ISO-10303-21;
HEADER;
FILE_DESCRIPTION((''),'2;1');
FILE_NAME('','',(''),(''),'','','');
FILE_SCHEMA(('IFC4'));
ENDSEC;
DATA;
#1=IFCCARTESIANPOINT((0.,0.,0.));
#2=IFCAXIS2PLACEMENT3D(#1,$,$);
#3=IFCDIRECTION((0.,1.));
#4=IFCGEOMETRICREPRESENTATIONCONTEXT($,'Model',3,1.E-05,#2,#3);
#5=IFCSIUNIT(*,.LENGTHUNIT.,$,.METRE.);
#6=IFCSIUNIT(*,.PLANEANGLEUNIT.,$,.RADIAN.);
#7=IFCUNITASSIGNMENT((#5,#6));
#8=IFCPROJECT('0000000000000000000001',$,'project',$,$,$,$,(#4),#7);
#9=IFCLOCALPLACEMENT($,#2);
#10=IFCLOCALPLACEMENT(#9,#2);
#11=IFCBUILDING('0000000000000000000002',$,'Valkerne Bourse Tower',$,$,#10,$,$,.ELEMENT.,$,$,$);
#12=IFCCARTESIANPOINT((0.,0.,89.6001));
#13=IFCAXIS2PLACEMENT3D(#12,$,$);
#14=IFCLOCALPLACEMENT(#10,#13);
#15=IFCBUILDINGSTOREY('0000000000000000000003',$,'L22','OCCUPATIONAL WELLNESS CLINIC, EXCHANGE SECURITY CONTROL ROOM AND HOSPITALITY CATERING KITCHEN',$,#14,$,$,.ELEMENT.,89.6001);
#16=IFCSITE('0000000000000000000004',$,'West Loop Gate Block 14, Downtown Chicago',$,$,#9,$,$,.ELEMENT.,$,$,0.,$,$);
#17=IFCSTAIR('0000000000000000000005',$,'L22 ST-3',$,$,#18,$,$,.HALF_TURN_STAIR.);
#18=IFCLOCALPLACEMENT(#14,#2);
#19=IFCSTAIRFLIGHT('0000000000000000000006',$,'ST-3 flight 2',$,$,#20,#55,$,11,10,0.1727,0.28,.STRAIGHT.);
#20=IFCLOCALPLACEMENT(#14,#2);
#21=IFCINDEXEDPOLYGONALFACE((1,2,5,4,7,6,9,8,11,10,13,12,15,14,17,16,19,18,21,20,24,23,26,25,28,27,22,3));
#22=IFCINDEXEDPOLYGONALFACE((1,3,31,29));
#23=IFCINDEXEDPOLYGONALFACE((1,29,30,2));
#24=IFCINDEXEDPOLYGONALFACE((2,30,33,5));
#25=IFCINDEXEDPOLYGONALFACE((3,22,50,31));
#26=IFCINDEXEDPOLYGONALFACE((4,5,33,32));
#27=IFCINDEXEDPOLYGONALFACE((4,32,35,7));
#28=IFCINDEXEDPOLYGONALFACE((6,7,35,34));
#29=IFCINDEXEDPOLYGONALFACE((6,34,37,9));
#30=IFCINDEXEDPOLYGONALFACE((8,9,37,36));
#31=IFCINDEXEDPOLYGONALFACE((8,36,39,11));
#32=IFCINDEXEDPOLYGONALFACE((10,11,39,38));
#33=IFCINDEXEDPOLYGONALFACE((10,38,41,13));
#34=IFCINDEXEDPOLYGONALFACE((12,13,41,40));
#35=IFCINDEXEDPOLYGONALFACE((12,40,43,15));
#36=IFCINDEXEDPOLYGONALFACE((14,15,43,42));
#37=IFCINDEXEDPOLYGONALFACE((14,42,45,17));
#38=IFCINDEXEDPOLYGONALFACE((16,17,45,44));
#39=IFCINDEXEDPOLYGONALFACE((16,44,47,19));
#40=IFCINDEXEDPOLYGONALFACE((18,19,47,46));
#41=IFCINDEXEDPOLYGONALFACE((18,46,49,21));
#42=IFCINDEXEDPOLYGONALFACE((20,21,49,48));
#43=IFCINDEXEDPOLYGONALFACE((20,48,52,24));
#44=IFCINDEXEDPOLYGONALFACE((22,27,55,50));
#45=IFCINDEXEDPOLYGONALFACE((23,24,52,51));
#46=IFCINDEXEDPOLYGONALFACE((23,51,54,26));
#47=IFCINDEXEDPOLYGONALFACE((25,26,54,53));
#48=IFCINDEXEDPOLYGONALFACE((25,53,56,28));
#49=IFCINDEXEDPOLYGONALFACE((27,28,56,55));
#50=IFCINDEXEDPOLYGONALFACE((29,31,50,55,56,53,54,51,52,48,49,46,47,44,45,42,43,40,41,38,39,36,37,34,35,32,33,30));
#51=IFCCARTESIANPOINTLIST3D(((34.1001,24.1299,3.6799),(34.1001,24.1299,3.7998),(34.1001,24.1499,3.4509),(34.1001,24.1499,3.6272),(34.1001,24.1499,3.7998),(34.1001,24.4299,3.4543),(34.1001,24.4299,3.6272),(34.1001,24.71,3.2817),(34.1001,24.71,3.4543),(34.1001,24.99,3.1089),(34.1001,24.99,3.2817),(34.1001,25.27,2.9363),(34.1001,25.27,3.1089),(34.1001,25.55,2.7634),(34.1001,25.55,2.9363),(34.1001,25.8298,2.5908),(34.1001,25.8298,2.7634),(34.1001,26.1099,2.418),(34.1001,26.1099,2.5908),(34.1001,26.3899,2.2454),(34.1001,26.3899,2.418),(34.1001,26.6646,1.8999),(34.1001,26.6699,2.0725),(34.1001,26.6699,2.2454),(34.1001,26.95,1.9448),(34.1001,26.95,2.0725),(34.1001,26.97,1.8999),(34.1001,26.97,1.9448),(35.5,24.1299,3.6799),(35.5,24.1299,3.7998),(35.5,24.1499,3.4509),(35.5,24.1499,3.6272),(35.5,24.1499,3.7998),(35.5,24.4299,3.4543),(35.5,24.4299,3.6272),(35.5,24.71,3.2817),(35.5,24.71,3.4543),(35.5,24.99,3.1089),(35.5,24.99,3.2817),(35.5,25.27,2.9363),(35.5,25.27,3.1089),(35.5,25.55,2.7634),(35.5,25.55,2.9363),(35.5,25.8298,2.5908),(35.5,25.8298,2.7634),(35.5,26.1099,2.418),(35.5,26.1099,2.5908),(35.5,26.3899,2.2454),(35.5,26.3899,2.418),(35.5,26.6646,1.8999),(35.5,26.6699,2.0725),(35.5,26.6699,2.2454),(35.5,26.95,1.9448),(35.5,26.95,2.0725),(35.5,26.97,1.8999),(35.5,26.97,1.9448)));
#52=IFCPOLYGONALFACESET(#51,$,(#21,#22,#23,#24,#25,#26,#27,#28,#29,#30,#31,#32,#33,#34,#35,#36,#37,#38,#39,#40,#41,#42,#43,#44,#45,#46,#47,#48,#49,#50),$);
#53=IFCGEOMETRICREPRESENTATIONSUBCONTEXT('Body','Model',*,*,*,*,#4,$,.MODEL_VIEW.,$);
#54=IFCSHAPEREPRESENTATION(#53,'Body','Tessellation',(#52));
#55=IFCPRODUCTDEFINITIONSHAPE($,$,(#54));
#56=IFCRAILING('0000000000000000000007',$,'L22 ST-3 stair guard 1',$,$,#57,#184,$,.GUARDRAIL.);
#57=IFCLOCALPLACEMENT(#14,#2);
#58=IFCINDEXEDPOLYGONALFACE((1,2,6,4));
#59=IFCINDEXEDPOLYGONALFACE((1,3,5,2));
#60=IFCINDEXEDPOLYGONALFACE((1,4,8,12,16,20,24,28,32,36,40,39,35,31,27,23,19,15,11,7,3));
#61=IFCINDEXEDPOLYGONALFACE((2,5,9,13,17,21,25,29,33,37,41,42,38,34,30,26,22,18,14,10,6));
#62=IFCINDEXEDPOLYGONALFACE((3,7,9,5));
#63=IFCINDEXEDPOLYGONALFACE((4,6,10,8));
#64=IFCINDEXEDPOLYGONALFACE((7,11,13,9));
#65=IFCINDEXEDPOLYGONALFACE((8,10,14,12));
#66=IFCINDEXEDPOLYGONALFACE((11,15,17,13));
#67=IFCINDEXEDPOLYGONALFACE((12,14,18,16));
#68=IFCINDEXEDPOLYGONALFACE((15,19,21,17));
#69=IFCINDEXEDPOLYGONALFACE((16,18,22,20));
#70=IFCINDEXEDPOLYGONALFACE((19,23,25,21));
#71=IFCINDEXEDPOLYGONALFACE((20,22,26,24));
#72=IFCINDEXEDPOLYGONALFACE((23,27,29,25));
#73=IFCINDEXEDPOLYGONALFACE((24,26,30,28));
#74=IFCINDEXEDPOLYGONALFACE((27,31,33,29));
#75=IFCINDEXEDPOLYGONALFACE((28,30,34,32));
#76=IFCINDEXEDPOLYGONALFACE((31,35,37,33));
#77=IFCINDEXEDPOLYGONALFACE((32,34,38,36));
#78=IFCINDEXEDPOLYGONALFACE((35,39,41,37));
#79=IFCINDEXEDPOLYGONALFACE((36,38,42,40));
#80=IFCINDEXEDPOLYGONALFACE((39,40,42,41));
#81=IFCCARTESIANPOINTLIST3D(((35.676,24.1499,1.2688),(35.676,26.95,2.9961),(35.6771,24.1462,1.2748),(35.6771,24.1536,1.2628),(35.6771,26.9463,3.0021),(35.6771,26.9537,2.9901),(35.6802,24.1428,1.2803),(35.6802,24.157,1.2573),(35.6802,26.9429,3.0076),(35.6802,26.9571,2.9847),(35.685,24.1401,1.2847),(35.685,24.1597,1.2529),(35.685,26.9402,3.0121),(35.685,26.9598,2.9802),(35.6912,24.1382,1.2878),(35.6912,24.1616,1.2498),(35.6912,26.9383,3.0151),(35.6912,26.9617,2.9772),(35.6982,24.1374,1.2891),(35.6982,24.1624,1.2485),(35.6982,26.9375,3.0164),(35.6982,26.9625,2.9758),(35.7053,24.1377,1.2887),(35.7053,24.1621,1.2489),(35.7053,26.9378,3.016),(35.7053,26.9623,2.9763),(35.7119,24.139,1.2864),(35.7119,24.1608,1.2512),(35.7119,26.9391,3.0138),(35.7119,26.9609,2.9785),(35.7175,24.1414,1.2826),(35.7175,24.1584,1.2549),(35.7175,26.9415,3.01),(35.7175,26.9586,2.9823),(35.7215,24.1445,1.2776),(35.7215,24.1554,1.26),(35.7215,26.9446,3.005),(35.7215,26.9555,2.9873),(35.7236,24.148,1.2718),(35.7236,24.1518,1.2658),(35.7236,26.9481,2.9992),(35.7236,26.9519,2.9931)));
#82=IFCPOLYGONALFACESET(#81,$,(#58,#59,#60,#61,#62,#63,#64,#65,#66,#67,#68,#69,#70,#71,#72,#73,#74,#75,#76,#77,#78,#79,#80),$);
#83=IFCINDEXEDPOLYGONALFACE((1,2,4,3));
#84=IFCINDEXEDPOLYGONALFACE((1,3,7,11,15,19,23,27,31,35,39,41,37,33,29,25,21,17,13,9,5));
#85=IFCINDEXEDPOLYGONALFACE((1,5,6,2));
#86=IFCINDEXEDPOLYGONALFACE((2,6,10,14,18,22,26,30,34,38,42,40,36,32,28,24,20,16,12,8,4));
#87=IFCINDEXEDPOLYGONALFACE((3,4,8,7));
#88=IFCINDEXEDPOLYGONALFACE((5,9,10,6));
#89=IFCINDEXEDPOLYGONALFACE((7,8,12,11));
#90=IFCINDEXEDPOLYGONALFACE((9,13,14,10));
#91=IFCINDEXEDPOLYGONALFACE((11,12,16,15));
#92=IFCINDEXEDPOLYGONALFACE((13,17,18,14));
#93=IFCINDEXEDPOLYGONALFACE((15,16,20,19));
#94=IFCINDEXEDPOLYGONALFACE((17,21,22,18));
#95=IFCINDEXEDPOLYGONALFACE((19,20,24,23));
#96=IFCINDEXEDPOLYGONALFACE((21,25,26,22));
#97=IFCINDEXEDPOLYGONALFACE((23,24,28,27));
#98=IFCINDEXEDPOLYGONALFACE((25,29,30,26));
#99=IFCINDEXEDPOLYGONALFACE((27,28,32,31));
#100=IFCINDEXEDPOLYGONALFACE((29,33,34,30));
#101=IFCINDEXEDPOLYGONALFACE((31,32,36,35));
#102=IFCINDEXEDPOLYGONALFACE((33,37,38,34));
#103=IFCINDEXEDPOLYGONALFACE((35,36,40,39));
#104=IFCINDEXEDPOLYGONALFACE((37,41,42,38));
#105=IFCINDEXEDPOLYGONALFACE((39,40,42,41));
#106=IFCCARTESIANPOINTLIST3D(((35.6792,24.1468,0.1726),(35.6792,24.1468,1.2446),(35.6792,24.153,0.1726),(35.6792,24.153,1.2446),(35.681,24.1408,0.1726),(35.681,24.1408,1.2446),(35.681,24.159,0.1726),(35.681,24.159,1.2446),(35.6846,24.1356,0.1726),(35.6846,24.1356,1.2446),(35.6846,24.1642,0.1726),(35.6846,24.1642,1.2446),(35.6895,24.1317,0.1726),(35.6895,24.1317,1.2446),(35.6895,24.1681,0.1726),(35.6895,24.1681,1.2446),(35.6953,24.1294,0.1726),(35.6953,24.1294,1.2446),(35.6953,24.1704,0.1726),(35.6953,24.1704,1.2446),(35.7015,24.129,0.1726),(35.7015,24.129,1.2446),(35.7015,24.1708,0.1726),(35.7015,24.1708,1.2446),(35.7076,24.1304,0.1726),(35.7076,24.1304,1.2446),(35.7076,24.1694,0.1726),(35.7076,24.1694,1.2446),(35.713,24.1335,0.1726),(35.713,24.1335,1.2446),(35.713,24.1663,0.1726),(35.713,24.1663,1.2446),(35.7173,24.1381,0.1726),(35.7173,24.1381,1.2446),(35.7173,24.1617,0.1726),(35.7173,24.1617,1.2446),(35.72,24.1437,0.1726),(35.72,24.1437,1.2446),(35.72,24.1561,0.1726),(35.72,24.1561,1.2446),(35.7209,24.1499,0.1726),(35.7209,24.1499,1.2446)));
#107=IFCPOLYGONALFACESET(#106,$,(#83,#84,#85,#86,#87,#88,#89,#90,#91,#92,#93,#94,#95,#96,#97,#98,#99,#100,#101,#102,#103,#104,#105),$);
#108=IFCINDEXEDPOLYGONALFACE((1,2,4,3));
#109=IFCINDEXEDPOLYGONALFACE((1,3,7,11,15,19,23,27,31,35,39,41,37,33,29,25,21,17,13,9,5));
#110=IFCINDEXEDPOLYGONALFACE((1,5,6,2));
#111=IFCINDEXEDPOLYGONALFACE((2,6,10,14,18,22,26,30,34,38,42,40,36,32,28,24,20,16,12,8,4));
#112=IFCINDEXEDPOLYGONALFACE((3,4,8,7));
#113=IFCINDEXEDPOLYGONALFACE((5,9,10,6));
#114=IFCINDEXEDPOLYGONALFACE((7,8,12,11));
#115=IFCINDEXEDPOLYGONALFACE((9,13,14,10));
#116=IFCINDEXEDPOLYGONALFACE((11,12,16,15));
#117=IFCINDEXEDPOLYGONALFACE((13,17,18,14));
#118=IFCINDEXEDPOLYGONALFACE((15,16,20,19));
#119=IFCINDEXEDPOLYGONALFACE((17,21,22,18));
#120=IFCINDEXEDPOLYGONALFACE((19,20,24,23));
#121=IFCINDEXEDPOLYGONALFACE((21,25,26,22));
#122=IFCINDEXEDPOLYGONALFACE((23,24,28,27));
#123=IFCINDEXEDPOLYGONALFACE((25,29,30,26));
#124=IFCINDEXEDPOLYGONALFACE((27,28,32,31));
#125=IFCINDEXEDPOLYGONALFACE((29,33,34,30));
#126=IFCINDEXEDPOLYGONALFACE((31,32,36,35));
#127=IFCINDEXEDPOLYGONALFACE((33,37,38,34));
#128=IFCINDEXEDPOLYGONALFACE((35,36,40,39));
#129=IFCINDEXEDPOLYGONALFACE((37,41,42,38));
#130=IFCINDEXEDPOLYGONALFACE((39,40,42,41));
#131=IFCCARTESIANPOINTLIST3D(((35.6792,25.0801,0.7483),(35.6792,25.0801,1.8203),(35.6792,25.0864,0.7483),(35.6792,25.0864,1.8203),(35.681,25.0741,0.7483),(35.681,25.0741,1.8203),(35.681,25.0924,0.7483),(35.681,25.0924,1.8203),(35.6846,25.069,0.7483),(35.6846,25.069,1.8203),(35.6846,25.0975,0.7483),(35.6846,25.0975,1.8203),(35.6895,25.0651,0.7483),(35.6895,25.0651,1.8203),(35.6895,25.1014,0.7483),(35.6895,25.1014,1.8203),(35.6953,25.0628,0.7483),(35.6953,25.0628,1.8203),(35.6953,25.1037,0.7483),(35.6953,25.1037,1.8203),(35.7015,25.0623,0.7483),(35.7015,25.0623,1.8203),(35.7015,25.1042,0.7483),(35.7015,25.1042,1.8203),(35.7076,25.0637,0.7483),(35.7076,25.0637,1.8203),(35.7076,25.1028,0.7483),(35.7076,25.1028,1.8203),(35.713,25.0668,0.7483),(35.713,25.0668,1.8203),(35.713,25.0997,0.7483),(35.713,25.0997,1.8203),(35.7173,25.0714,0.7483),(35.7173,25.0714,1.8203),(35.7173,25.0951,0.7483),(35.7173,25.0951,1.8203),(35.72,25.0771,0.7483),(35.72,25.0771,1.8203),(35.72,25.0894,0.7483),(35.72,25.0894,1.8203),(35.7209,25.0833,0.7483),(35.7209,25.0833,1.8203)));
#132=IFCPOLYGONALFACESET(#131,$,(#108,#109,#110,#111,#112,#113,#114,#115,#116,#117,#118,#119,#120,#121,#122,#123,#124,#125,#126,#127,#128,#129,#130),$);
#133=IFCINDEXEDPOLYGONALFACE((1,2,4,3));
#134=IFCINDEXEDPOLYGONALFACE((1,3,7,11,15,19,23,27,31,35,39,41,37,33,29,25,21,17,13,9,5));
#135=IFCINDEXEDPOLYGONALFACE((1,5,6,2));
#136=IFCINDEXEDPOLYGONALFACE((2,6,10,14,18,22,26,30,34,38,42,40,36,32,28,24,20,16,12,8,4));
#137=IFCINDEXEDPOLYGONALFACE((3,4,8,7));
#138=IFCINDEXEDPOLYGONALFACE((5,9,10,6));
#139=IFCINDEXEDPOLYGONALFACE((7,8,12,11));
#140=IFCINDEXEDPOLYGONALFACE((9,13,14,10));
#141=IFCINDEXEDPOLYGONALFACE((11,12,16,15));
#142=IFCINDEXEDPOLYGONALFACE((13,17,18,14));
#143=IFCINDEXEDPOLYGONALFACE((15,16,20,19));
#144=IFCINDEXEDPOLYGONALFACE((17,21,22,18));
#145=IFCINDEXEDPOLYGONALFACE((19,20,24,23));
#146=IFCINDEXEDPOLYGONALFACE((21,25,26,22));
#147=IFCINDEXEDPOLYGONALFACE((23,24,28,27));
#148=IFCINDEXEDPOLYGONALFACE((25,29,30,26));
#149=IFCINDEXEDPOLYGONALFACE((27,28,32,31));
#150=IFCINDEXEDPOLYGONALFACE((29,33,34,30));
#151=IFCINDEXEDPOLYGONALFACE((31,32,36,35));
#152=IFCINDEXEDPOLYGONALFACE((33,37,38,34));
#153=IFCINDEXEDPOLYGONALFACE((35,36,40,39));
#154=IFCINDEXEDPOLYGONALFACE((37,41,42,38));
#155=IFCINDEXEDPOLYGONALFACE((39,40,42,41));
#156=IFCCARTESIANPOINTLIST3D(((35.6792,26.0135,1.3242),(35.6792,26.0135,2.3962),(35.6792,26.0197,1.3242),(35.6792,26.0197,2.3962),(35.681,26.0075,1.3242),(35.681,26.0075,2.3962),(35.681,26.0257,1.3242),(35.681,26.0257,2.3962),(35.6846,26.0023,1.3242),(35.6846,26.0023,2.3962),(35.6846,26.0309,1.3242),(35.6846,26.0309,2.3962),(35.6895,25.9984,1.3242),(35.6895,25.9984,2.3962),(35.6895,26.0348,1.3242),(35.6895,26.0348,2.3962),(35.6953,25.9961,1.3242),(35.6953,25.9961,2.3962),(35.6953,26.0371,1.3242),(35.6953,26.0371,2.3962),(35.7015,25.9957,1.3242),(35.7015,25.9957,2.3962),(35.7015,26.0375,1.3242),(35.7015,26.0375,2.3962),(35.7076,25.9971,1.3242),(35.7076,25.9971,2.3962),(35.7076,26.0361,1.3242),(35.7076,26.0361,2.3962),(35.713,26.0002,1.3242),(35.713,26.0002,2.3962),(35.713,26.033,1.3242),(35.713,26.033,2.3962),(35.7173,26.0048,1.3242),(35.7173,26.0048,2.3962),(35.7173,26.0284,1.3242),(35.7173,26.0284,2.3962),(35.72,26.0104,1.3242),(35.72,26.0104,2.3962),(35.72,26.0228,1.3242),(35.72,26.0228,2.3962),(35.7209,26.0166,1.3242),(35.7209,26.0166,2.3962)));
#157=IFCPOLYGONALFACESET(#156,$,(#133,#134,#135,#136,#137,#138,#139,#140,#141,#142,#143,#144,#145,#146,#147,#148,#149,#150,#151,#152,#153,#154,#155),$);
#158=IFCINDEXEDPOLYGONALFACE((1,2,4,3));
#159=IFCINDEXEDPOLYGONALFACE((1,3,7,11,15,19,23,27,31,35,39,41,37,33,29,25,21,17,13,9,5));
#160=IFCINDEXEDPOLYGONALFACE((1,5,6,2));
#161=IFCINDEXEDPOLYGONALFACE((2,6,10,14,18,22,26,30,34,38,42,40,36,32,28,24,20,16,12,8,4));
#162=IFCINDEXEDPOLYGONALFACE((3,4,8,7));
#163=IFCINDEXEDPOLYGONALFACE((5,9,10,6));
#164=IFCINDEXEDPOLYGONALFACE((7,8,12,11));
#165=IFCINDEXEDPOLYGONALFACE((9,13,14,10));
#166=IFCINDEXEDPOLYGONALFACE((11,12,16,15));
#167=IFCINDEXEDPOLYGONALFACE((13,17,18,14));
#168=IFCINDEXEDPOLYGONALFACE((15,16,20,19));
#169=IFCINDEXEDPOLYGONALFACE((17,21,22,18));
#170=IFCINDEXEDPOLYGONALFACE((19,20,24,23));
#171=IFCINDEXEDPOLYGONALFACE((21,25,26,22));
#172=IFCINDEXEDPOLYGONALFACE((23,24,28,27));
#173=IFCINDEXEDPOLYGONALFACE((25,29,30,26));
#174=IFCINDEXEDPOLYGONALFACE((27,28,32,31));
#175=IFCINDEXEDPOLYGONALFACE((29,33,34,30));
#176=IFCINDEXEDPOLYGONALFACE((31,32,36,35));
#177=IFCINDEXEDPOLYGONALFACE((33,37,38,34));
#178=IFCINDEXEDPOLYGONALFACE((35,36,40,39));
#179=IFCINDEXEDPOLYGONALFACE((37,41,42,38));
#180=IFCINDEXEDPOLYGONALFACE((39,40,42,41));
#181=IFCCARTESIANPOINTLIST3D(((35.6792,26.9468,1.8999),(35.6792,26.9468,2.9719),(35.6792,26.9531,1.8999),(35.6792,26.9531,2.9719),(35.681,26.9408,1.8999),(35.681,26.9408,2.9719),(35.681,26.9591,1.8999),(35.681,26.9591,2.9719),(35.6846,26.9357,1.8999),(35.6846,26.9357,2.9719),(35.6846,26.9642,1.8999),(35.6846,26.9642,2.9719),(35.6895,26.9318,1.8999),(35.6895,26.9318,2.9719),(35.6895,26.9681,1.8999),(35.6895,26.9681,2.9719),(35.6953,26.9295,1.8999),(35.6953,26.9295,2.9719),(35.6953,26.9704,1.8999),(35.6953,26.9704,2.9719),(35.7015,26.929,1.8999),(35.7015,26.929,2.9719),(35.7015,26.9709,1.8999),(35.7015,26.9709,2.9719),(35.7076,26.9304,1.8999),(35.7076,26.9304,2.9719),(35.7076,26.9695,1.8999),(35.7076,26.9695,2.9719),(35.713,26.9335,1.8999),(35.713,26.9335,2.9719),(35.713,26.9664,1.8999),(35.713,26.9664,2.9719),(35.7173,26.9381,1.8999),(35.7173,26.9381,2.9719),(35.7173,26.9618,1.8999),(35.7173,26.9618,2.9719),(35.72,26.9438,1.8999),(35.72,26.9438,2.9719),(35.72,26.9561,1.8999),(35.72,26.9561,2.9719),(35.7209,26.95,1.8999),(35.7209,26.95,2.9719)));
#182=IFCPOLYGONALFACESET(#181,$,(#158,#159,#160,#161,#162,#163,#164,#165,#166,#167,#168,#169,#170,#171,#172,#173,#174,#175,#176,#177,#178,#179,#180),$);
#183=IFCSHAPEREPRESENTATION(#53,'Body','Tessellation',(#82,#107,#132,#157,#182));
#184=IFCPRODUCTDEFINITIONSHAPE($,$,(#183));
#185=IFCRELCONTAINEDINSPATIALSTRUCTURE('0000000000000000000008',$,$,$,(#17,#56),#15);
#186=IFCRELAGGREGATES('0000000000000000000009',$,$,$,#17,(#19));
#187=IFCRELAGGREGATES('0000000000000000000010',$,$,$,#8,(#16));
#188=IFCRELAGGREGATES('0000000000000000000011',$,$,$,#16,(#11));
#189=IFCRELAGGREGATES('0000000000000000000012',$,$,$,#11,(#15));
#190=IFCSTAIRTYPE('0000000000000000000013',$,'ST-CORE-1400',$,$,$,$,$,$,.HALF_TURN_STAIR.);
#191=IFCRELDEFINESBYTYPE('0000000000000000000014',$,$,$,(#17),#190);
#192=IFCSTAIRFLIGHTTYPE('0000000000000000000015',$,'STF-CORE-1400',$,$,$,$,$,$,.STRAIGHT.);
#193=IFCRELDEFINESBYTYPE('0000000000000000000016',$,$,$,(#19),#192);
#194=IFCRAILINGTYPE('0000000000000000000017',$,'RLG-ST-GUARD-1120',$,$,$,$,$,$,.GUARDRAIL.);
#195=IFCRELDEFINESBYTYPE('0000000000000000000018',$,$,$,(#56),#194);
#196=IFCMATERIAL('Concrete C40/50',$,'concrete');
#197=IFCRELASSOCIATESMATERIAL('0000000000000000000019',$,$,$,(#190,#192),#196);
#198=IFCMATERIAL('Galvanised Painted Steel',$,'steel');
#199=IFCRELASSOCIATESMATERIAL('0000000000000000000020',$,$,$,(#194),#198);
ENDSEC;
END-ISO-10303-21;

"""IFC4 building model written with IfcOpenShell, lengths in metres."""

from ifc_helpers import new_model, si_unit, direction, frame, origin, origin_2d, place, context, subcontext, project, spatial, polyline, circle, outline, extrude, material, type_object, element, aggregate, save


model = new_model("IFC4")

# Units and contexts
model_context = context("Model", 3, precision=1e-05, world=origin(), true_north=direction((0.0, 1.0)))
body_context = subcontext(model_context, "Body", "Model", "MODEL_VIEW")
ifc_project = project(units=[si_unit("LENGTHUNIT", "METRE"), si_unit("PLANEANGLEUNIT", "RADIAN")], contexts=[model_context])

# Site, building, storey
site_placement = place(None, origin())
site = spatial("IfcSite", under=ifc_project, at=site_placement, Name="West Loop Gate Block 14, Downtown Chicago", CompositionType="ELEMENT", RefElevation=0.0)
building_placement = place(site_placement, origin())
building = spatial("IfcBuilding", under=site, at=building_placement, Name="Valkerne Bourse Tower", CompositionType="ELEMENT")
storey_placement = place(building_placement, frame((0.0, 0.0, 89.6001)))
storey = spatial("IfcBuildingStorey", under=building, at=storey_placement, Name="L22", Description="OCCUPATIONAL WELLNESS CLINIC, EXCHANGE SECURITY CONTROL ROOM AND HOSPITALITY CATERING KITCHEN", CompositionType="ELEMENT", Elevation=89.6001)

# Shared definitions
ifc_material_1 = material(Name="Galvanised Painted Steel", Category="steel")

# Shared definitions
ifc_material_2 = material(Name="Concrete C40/50", Category="concrete")

# Stair, stair flight
stair_type = type_object("IfcStairType", Name="ST-CORE-1400", PredefinedType="HALF_TURN_STAIR", material=ifc_material_2)
stair_placement = place(storey_placement, origin())
stair = element("IfcStair", 1, at=stair_placement, inside=storey, type_object=stair_type, Name="L22 ST-3", PredefinedType="HALF_TURN_STAIR")
stair_flight_type = type_object("IfcStairFlightType", Name="STF-CORE-1400", PredefinedType="STRAIGHT", material=ifc_material_2)
stair_flight_1_placement = place(storey_placement, frame((34.8, 26.95, 1.8999), z_axis=(0.0, 0.0, 1.0), x_axis=(0.0, -1.0, 0.0)))
stair_flight_1 = element("IfcStairFlight", 2, at=stair_flight_1_placement, type_object=stair_flight_type, Name="ST-3 flight 2", NumberOfRisers=11, NumberOfTreads=10, PredefinedType="STRAIGHT", RiserHeight=0.1727, TreadLength=0.28, context=body_context, shape_type="SweptSolid", body=[
    extrude(outline(polyline([(-0.02, 0.0), (-0.02, 0.0449), (0.0, 0.0449), (0.0, 0.1726), (0.28, 0.1726), (0.28, 0.3455), (0.5601, 0.3455), (0.5601, 0.5181), (0.8401, 0.5181), (0.8401, 0.6909), (1.1201, 0.6909), (1.1201, 0.8635), (1.3999, 0.8635), (1.3999, 1.0364), (1.6799, 1.0364), (1.6799, 1.209), (1.96, 1.209), (1.96, 1.3818), (2.24, 1.3818), (2.24, 1.5544), (2.52, 1.5544), (2.52, 1.7273), (2.8, 1.7273), (2.8, 1.8999), (2.8201, 1.8999), (2.8201, 1.78), (2.8, 1.551), (0.2854, 0.0), (-0.02, 0.0)])), frame((0.0, 0.7, 0.0), z_axis=(0.0, -1.0, 0.0), x_axis=(1.0, 0.0, 0.0)), (0.0, 0.0, 1.0), 1.3999),
])
aggregate(stair, [stair_flight_1])

# Railing
railing_type_1 = type_object("IfcRailingType", Name="RLG-ST-GUARD-1120", PredefinedType="GUARDRAIL", material=ifc_material_1)
railing_1_placement = place(storey_placement, frame((35.7, 24.1499, 0.1726)))
element("IfcRailing", 3, at=railing_1_placement, inside=storey, type_object=railing_type_1, Name="L22 ST-3 stair guard 1", PredefinedType="GUARDRAIL", context=body_context, shape_type="SweptSolid", body=[
    extrude(circle(Radius=0.0239, at=origin_2d()), frame((0.0, 0.0, 1.0962), z_axis=(0.0, 0.85109, 0.52502), x_axis=(-1.0, 0.0, 0.0)), (0.0, 0.0, 1.0), 3.29),
    extrude(circle(Radius=0.021, at=origin_2d()), origin(), (0.0, 0.0, 1.0), 1.072),
    extrude(circle(Radius=0.021, at=origin_2d()), frame((0.0, 0.9333, 0.5757)), (0.0, 0.0, 1.0), 1.072),
    extrude(circle(Radius=0.021, at=origin_2d()), frame((0.0, 1.8667, 1.1516)), (0.0, 0.0, 1.0), 1.072),
    extrude(circle(Radius=0.021, at=origin_2d()), frame((0.0, 2.8, 1.7273)), (0.0, 0.0, 1.0), 1.072),
])

save(model, "model.ifc")
